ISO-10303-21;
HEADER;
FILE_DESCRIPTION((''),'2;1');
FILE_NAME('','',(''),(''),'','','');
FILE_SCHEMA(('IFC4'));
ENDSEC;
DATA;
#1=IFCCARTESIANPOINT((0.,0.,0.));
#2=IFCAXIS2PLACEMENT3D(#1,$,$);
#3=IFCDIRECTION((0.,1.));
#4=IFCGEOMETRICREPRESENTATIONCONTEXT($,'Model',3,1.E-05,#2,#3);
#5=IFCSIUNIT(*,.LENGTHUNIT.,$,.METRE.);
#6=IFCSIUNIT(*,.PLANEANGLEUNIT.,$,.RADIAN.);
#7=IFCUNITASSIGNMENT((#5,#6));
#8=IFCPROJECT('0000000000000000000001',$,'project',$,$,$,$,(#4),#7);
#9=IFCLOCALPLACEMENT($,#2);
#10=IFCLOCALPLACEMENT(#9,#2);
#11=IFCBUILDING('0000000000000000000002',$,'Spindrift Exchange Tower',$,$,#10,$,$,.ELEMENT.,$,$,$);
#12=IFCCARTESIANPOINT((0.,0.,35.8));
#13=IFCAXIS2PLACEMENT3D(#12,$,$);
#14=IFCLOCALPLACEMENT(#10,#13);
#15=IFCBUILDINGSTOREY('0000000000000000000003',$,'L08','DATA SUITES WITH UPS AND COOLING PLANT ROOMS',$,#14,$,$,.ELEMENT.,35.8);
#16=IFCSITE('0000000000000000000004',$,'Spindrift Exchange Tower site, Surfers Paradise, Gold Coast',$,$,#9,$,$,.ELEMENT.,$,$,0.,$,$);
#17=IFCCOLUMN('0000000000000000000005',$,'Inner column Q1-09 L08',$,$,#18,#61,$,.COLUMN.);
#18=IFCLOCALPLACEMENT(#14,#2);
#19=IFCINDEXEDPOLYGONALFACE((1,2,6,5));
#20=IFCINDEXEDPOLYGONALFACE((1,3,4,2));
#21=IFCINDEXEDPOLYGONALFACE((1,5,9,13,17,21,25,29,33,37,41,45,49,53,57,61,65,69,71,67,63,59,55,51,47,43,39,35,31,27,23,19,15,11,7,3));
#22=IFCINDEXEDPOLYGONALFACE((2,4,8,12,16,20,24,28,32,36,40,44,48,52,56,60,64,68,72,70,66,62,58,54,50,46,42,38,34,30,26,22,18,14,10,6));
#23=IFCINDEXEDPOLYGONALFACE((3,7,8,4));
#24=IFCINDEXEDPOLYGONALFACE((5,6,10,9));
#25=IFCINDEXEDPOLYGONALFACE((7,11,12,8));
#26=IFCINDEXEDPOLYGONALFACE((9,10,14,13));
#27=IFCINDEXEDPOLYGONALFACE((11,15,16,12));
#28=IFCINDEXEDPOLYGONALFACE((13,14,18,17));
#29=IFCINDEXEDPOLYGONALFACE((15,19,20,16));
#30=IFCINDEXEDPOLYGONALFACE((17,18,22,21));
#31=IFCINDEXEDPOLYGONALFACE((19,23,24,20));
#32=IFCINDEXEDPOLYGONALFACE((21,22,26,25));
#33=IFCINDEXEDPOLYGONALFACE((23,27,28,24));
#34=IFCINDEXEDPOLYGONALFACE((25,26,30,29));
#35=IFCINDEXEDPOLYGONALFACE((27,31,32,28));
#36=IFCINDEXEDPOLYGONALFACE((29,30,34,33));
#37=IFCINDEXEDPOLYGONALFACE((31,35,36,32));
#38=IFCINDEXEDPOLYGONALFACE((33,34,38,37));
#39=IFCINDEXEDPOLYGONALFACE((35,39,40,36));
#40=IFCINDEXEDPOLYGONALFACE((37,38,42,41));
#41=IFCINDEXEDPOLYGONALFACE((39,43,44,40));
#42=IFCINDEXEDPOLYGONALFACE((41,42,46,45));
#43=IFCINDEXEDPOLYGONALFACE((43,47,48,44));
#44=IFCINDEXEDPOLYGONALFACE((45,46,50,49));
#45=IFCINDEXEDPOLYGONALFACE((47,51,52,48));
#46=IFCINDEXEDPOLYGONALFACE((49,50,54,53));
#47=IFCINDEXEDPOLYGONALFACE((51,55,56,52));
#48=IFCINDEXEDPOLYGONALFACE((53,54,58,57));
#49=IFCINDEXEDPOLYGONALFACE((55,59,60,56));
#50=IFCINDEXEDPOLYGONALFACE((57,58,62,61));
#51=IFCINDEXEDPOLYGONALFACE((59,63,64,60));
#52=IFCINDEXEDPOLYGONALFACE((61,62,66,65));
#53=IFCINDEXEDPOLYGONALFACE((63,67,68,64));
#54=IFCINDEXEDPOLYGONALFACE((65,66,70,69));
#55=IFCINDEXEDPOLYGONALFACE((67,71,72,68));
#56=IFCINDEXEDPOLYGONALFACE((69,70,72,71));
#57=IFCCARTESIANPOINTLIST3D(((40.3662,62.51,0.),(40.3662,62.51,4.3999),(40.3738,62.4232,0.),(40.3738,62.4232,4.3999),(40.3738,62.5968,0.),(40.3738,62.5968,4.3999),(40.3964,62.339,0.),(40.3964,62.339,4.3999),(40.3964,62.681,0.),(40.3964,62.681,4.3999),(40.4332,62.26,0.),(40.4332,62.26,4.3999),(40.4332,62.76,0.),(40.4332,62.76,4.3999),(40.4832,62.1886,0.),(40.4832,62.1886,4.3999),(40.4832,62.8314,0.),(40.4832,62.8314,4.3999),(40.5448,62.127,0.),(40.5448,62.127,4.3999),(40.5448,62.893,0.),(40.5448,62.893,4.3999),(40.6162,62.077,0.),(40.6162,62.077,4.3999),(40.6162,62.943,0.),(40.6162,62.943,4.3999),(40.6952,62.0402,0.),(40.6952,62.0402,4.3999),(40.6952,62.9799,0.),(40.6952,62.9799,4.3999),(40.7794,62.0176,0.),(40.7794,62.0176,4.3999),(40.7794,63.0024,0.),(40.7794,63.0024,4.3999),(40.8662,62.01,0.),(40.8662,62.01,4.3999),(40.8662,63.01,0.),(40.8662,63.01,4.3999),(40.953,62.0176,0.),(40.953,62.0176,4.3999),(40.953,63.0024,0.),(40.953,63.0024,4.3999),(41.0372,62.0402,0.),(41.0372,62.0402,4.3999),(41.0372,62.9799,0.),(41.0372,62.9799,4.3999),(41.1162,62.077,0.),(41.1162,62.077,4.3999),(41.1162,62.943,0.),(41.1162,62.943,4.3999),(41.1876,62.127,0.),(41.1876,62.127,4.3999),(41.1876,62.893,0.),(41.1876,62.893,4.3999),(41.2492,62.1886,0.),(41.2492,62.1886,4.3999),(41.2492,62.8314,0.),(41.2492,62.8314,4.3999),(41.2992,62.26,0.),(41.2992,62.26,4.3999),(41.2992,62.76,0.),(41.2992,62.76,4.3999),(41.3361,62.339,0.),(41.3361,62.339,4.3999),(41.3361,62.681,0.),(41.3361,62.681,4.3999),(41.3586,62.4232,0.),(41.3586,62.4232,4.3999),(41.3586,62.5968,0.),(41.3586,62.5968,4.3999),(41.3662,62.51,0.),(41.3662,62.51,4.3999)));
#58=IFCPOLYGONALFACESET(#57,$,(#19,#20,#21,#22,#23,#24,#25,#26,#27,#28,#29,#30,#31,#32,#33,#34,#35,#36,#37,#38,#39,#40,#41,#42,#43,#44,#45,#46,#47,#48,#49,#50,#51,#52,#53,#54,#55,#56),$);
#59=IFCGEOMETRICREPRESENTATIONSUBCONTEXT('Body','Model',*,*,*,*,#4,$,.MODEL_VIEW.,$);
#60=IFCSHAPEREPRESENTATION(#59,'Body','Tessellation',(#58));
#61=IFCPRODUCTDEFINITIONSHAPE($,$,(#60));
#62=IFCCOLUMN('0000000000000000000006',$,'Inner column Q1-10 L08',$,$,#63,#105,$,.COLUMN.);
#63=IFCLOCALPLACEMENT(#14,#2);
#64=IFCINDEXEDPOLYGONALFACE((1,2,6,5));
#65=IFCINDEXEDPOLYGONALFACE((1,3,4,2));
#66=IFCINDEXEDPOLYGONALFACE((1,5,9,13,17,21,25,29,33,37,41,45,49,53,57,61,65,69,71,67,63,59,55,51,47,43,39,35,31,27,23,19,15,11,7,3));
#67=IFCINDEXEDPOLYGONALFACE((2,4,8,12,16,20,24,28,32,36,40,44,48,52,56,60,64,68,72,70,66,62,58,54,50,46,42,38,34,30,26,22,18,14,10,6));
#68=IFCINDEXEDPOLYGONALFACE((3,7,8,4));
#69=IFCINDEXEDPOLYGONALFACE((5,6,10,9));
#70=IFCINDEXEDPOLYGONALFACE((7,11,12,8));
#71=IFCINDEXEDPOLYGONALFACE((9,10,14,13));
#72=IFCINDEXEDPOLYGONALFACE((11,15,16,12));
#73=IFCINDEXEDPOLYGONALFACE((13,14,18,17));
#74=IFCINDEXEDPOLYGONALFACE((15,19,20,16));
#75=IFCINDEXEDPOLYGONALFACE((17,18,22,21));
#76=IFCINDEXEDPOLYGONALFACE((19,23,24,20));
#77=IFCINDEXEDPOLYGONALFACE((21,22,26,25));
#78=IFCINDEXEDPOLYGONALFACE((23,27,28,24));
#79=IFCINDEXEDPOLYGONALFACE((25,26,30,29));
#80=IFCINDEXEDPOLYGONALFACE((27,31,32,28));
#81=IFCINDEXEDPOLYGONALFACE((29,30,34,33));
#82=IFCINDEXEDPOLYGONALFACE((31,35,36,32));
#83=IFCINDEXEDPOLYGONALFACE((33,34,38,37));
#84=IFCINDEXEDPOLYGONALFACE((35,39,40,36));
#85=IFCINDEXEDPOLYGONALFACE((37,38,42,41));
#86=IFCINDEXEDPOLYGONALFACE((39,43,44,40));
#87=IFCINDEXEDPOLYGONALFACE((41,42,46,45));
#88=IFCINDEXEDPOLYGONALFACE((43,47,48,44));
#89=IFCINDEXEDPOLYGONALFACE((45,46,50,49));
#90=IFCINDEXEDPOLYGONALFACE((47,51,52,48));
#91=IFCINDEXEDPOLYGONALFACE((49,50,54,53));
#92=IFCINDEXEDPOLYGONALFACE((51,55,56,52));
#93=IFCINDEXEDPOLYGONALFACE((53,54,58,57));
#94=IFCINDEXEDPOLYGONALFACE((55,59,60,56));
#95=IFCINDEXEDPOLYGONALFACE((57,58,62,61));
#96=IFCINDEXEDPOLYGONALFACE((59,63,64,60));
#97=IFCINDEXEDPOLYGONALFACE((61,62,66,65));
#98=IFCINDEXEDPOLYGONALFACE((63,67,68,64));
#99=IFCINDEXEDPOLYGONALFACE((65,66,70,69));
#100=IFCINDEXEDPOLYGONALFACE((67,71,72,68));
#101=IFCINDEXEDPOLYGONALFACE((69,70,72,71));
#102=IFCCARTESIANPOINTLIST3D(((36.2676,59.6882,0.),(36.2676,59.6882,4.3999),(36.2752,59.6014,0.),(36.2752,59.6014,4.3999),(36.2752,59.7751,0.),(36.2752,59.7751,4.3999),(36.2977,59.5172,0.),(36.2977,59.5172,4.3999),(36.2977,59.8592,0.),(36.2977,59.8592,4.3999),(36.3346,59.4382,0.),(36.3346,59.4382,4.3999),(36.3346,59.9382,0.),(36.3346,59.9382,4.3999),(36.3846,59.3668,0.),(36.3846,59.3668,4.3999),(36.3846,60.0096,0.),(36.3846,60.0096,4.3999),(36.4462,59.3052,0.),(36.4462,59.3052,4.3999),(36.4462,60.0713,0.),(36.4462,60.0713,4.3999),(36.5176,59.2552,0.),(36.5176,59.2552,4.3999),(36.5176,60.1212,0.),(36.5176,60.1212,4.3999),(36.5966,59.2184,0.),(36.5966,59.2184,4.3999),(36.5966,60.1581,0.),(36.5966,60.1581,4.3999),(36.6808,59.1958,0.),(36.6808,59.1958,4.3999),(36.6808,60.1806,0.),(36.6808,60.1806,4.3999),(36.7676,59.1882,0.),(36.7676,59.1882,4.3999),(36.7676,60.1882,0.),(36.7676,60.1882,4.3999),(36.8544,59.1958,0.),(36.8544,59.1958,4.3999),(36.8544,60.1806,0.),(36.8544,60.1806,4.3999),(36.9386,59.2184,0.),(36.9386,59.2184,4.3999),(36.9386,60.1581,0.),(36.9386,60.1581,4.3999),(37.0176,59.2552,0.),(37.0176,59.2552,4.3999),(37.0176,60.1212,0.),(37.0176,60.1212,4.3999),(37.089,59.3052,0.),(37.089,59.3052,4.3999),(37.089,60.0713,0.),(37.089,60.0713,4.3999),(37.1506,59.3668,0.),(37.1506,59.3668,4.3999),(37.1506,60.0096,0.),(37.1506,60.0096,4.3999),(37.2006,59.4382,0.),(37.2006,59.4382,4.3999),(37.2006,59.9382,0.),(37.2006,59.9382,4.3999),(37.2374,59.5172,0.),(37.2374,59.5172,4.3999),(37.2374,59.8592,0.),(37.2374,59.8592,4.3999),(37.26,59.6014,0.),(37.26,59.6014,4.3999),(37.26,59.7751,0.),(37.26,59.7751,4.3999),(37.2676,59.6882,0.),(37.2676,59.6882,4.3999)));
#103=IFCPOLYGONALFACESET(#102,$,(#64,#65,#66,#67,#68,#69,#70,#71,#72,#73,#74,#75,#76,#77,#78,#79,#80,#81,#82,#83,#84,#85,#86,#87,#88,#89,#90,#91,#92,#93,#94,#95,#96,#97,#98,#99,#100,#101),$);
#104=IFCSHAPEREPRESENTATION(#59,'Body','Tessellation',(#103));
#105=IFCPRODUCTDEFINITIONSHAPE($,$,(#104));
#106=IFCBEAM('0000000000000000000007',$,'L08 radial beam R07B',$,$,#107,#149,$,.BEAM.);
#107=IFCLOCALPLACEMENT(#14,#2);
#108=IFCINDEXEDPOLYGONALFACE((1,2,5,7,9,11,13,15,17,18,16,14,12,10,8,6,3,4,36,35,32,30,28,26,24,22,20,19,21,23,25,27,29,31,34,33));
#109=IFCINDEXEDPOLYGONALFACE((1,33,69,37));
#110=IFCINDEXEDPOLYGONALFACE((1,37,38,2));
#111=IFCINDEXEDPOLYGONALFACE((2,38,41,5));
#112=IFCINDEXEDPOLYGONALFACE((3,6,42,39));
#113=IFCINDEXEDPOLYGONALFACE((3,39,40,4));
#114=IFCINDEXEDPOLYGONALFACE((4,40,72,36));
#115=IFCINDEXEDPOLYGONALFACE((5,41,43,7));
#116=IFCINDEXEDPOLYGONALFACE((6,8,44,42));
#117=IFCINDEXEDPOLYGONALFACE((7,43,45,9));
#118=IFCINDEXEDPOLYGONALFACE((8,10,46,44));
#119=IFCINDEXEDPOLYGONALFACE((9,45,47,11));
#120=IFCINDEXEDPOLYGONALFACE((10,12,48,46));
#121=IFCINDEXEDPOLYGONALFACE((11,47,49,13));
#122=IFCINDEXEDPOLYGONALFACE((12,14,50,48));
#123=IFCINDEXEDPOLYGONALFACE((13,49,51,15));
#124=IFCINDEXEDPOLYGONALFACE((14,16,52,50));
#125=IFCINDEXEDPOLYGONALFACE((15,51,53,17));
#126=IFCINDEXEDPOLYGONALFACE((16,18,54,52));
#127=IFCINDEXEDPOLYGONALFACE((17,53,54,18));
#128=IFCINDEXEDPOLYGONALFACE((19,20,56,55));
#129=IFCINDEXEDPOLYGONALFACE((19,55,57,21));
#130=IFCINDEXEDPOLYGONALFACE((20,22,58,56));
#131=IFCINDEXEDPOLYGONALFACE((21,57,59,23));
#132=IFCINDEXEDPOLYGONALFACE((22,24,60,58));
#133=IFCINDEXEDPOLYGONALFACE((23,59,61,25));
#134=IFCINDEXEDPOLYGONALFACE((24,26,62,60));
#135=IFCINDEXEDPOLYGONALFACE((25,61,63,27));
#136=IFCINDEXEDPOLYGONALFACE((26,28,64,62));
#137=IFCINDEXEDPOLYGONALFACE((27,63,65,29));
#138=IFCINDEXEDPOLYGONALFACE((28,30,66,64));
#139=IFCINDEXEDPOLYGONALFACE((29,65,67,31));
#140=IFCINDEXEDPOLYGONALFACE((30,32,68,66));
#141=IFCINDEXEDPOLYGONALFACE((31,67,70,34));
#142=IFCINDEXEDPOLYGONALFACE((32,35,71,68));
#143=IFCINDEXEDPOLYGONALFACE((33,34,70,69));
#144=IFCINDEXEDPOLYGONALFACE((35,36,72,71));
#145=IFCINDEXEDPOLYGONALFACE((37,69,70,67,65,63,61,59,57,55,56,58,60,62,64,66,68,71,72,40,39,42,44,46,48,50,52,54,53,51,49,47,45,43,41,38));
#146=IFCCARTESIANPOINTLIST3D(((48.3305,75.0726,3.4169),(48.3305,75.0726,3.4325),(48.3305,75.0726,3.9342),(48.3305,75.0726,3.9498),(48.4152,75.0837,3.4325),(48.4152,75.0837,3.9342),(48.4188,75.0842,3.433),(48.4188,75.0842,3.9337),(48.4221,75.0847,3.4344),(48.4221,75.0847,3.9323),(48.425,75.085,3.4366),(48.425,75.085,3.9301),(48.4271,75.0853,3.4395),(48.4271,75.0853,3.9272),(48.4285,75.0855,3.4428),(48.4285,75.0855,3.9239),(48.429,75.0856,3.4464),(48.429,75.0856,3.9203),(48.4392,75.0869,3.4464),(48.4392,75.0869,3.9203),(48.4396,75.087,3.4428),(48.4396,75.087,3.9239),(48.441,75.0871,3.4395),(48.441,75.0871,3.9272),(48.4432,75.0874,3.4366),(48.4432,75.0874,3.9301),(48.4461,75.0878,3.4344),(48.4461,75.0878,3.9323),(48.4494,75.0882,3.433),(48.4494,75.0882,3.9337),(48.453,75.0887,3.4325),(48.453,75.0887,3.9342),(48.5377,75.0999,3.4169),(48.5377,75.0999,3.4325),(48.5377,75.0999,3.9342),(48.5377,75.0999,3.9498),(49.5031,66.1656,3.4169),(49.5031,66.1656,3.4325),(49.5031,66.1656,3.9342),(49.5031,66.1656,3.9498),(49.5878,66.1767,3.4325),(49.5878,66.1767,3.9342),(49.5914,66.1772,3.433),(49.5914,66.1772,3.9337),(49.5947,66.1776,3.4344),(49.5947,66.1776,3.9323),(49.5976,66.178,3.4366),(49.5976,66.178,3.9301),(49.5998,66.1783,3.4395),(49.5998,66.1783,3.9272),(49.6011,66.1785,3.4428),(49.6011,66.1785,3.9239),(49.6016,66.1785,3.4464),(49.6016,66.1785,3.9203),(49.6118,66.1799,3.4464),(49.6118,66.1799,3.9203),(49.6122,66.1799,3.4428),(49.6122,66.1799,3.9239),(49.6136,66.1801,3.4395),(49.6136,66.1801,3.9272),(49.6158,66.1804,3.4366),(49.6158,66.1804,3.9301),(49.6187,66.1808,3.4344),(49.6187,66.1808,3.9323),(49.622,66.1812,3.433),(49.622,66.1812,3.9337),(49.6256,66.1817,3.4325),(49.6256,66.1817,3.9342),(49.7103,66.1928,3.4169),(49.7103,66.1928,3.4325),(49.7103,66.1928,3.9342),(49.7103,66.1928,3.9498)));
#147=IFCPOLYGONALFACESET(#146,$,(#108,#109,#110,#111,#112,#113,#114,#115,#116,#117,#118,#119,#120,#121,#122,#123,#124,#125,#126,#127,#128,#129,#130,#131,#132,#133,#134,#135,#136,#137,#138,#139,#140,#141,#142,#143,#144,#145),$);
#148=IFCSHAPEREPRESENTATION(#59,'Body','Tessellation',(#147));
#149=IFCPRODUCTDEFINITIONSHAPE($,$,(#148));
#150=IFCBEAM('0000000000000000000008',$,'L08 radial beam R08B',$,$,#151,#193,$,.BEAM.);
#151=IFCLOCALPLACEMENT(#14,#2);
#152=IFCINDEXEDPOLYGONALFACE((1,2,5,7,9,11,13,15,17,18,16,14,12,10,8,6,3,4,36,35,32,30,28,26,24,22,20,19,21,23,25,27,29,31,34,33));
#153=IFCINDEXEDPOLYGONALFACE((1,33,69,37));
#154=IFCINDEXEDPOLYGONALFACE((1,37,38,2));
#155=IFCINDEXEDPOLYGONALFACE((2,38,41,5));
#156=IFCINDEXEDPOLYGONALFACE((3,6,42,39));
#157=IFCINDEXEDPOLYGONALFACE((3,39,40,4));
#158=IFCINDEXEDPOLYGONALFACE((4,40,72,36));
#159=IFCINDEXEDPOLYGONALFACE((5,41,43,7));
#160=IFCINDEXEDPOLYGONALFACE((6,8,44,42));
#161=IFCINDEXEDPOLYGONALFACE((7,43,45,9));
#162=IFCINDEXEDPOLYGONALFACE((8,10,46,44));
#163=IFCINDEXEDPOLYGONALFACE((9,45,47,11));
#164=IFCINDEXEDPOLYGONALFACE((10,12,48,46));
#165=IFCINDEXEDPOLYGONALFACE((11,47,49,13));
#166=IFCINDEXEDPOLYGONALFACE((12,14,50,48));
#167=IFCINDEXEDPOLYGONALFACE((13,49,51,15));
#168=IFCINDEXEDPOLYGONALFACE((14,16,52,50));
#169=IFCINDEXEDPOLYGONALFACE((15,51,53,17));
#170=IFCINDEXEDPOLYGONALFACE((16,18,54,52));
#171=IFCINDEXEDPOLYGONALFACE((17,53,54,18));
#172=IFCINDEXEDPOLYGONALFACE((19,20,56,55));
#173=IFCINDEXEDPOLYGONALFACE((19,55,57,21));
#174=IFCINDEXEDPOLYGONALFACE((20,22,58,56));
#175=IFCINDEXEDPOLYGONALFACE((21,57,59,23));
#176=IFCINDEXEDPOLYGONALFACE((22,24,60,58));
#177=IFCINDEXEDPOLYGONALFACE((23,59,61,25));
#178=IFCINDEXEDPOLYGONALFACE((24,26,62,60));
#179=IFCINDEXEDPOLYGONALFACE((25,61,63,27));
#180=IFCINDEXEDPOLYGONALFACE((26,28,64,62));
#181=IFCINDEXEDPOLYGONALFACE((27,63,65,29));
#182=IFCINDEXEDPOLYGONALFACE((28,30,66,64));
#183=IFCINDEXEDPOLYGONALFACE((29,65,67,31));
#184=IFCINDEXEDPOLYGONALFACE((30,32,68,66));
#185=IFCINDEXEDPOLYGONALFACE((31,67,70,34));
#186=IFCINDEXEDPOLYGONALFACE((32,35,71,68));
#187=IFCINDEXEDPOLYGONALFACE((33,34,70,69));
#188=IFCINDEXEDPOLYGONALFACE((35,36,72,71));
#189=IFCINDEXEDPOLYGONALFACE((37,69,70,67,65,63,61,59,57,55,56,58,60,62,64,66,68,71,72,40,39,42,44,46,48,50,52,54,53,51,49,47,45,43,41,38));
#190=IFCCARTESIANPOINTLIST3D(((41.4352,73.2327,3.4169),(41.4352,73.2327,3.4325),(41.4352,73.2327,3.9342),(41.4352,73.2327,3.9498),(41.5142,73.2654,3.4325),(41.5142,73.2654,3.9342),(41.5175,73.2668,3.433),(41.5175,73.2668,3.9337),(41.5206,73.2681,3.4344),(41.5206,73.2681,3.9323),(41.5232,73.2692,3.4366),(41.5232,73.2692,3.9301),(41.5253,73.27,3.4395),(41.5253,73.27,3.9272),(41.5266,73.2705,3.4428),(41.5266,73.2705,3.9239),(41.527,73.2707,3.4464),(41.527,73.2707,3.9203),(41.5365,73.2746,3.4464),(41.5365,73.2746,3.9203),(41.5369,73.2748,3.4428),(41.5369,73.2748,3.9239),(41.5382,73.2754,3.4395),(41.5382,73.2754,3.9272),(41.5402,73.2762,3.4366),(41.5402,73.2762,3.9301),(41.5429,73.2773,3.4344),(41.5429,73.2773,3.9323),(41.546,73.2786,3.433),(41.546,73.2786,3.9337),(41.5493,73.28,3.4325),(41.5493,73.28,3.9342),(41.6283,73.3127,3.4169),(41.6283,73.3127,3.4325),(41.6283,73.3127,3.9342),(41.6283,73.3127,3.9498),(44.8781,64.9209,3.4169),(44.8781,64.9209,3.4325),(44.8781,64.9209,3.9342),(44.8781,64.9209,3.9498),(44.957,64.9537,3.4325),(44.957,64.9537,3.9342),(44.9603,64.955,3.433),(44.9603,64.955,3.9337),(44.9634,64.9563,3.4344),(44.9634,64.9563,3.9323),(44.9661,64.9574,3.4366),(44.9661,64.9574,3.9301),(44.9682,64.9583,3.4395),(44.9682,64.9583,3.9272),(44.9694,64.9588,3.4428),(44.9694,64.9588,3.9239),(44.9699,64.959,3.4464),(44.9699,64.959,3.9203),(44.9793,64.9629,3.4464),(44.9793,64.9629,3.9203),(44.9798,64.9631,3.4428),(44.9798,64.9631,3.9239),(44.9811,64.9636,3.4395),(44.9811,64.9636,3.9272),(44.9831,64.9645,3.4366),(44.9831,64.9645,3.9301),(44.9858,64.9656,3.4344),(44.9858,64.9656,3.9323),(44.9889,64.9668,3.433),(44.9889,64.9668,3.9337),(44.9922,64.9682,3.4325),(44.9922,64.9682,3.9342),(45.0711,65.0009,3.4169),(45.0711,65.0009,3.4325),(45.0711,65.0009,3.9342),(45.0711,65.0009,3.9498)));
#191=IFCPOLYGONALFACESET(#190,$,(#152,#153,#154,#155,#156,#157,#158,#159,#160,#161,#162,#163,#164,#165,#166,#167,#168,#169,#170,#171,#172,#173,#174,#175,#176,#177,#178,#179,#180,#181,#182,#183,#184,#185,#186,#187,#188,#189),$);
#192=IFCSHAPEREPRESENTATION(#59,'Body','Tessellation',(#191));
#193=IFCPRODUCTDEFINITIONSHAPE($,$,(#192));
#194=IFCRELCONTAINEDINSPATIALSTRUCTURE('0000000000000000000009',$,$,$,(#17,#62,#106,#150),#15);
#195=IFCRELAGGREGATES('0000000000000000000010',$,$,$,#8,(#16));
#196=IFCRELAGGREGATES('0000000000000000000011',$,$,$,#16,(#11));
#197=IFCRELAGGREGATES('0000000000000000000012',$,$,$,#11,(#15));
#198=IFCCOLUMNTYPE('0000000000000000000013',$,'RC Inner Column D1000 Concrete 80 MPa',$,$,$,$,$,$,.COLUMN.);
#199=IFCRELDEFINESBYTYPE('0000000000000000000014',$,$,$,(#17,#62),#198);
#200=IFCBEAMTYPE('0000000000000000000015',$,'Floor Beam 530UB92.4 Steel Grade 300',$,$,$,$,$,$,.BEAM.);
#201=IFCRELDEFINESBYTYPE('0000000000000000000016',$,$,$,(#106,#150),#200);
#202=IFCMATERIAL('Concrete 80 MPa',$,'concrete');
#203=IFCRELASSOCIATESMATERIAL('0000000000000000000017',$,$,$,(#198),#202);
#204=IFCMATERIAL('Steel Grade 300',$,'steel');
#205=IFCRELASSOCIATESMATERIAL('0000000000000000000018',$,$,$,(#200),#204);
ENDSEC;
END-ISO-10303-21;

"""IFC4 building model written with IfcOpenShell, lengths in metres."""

from ifc_helpers import new_model, si_unit, direction, frame, origin, origin_2d, place, context, subcontext, project, spatial, circle, i_section, extrude, source, transform, mapped, material, material_profile, profile_set, type_object, element, save


model = new_model("IFC4")

# Units and contexts
model_context = context("Model", 3, precision=1e-05, world=origin(), true_north=direction((0.0, 1.0)))
body_context = subcontext(model_context, "Body", "Model", "MODEL_VIEW")
ifc_project = project(units=[si_unit("LENGTHUNIT", "METRE"), si_unit("PLANEANGLEUNIT", "RADIAN")], contexts=[model_context])

# Site, building, storey
site_placement = place(None, origin())
site = spatial("IfcSite", under=ifc_project, at=site_placement, Name="Spindrift Exchange Tower site, Surfers Paradise, Gold Coast", CompositionType="ELEMENT", RefElevation=0.0)
building_placement = place(site_placement, origin())
building = spatial("IfcBuilding", under=site, at=building_placement, Name="Spindrift Exchange Tower", CompositionType="ELEMENT")
storey_placement = place(building_placement, frame((0.0, 0.0, 35.8)))
storey = spatial("IfcBuildingStorey", under=building, at=storey_placement, Name="L08", Description="DATA SUITES WITH UPS AND COOLING PLANT ROOMS", CompositionType="ELEMENT", Elevation=35.8)

# Columns
ifc_material_1 = material(Name="Concrete 80 MPa", Category="concrete")
ifc_material_profile_1 = material_profile(ifc_material_1, circle(Radius=0.5, at=origin_2d()), Name="RC D1000")
ifc_profile_set_1 = profile_set([ifc_material_profile_1], Name="Concrete 80 MPa")
column_type_1 = type_object("IfcColumnType", Name="RC Inner Column D1000 Concrete 80 MPa", PredefinedType="COLUMN", material=ifc_profile_set_1)
shared_shape_1 = source(origin(), body_context, "Body", "SweptSolid", [
    extrude(circle(Radius=0.5, at=origin_2d()), origin(), (0.0, 0.0, 1.0), 4.3999),
])
for number, where, z_axis, x_axis, name in (
    (1, (40.8662, 62.51, 0.0), (0.0, 0.0, 1.0), (1.0, 0.0, 0.0), "Inner column Q1-09 L08"),
    (2, (36.7676, 59.6882, 0.0), (0.0, 0.0, 1.0), (1.0, 0.0, 0.0), "Inner column Q1-10 L08"),
):
    element("IfcColumn", number, at=place(storey_placement, frame(where, z_axis=z_axis, x_axis=x_axis)), inside=storey, type_object=column_type_1, Name=name, PredefinedType="COLUMN", context=body_context, shape_type="MappedRepresentation", body=[
        mapped(shared_shape_1, transform((0.0, 0.0, 0.0), scale=1.0)),
    ])

# Beams
ifc_material_2 = material(Name="Steel Grade 300", Category="steel")
ifc_material_profile_2 = material_profile(ifc_material_2, i_section(OverallWidth=0.209, OverallDepth=0.533, WebThickness=0.0103, FlangeThickness=0.0156, FilletRadius=0.0139, at=origin_2d()), Name="530UB92.4")
ifc_profile_set_2 = profile_set([ifc_material_profile_2], Name="Steel Grade 300")
beam_type_1 = type_object("IfcBeamType", Name="Floor Beam 530UB92.4 Steel Grade 300", PredefinedType="BEAM", material=ifc_profile_set_2)
shared_shape_2 = source(origin(), body_context, "Body", "SweptSolid", [
    extrude(i_section(OverallWidth=0.209, OverallDepth=0.533, WebThickness=0.0103, FlangeThickness=0.0156, FilletRadius=0.0139, at=origin_2d()), origin(), (0.0, 0.0, 1.0), 8.9839),
])
beam_1_placement = place(storey_placement, frame((49.6067, 66.1792, 3.6833), z_axis=(-0.130524, 0.991445, 0.0), x_axis=(-0.991445, -0.130524, 0.0)))
element("IfcBeam", 3, at=beam_1_placement, inside=storey, type_object=beam_type_1, Name="L08 radial beam R07B", PredefinedType="BEAM", context=body_context, shape_type="MappedRepresentation", body=[
    mapped(shared_shape_2, transform((0.0, 0.0, 0.0), scale=1.0)),
])
shared_shape_3 = source(origin(), body_context, "Body", "SweptSolid", [
    extrude(i_section(OverallWidth=0.209, OverallDepth=0.533, WebThickness=0.0103, FlangeThickness=0.0156, FilletRadius=0.0139, at=origin_2d()), origin(), (0.0, 0.0, 1.0), 8.9966),
])
beam_2_placement = place(storey_placement, frame((44.9746, 64.9609, 3.6833), z_axis=(-0.382686, 0.923879, 0.0), x_axis=(-0.923879, -0.382686, 0.0)))
element("IfcBeam", 4, at=beam_2_placement, inside=storey, type_object=beam_type_1, Name="L08 radial beam R08B", PredefinedType="BEAM", context=body_context, shape_type="MappedRepresentation", body=[
    mapped(shared_shape_3, transform((0.0, 0.0, 0.0), scale=1.0)),
])

save(model, "model.ifc")
